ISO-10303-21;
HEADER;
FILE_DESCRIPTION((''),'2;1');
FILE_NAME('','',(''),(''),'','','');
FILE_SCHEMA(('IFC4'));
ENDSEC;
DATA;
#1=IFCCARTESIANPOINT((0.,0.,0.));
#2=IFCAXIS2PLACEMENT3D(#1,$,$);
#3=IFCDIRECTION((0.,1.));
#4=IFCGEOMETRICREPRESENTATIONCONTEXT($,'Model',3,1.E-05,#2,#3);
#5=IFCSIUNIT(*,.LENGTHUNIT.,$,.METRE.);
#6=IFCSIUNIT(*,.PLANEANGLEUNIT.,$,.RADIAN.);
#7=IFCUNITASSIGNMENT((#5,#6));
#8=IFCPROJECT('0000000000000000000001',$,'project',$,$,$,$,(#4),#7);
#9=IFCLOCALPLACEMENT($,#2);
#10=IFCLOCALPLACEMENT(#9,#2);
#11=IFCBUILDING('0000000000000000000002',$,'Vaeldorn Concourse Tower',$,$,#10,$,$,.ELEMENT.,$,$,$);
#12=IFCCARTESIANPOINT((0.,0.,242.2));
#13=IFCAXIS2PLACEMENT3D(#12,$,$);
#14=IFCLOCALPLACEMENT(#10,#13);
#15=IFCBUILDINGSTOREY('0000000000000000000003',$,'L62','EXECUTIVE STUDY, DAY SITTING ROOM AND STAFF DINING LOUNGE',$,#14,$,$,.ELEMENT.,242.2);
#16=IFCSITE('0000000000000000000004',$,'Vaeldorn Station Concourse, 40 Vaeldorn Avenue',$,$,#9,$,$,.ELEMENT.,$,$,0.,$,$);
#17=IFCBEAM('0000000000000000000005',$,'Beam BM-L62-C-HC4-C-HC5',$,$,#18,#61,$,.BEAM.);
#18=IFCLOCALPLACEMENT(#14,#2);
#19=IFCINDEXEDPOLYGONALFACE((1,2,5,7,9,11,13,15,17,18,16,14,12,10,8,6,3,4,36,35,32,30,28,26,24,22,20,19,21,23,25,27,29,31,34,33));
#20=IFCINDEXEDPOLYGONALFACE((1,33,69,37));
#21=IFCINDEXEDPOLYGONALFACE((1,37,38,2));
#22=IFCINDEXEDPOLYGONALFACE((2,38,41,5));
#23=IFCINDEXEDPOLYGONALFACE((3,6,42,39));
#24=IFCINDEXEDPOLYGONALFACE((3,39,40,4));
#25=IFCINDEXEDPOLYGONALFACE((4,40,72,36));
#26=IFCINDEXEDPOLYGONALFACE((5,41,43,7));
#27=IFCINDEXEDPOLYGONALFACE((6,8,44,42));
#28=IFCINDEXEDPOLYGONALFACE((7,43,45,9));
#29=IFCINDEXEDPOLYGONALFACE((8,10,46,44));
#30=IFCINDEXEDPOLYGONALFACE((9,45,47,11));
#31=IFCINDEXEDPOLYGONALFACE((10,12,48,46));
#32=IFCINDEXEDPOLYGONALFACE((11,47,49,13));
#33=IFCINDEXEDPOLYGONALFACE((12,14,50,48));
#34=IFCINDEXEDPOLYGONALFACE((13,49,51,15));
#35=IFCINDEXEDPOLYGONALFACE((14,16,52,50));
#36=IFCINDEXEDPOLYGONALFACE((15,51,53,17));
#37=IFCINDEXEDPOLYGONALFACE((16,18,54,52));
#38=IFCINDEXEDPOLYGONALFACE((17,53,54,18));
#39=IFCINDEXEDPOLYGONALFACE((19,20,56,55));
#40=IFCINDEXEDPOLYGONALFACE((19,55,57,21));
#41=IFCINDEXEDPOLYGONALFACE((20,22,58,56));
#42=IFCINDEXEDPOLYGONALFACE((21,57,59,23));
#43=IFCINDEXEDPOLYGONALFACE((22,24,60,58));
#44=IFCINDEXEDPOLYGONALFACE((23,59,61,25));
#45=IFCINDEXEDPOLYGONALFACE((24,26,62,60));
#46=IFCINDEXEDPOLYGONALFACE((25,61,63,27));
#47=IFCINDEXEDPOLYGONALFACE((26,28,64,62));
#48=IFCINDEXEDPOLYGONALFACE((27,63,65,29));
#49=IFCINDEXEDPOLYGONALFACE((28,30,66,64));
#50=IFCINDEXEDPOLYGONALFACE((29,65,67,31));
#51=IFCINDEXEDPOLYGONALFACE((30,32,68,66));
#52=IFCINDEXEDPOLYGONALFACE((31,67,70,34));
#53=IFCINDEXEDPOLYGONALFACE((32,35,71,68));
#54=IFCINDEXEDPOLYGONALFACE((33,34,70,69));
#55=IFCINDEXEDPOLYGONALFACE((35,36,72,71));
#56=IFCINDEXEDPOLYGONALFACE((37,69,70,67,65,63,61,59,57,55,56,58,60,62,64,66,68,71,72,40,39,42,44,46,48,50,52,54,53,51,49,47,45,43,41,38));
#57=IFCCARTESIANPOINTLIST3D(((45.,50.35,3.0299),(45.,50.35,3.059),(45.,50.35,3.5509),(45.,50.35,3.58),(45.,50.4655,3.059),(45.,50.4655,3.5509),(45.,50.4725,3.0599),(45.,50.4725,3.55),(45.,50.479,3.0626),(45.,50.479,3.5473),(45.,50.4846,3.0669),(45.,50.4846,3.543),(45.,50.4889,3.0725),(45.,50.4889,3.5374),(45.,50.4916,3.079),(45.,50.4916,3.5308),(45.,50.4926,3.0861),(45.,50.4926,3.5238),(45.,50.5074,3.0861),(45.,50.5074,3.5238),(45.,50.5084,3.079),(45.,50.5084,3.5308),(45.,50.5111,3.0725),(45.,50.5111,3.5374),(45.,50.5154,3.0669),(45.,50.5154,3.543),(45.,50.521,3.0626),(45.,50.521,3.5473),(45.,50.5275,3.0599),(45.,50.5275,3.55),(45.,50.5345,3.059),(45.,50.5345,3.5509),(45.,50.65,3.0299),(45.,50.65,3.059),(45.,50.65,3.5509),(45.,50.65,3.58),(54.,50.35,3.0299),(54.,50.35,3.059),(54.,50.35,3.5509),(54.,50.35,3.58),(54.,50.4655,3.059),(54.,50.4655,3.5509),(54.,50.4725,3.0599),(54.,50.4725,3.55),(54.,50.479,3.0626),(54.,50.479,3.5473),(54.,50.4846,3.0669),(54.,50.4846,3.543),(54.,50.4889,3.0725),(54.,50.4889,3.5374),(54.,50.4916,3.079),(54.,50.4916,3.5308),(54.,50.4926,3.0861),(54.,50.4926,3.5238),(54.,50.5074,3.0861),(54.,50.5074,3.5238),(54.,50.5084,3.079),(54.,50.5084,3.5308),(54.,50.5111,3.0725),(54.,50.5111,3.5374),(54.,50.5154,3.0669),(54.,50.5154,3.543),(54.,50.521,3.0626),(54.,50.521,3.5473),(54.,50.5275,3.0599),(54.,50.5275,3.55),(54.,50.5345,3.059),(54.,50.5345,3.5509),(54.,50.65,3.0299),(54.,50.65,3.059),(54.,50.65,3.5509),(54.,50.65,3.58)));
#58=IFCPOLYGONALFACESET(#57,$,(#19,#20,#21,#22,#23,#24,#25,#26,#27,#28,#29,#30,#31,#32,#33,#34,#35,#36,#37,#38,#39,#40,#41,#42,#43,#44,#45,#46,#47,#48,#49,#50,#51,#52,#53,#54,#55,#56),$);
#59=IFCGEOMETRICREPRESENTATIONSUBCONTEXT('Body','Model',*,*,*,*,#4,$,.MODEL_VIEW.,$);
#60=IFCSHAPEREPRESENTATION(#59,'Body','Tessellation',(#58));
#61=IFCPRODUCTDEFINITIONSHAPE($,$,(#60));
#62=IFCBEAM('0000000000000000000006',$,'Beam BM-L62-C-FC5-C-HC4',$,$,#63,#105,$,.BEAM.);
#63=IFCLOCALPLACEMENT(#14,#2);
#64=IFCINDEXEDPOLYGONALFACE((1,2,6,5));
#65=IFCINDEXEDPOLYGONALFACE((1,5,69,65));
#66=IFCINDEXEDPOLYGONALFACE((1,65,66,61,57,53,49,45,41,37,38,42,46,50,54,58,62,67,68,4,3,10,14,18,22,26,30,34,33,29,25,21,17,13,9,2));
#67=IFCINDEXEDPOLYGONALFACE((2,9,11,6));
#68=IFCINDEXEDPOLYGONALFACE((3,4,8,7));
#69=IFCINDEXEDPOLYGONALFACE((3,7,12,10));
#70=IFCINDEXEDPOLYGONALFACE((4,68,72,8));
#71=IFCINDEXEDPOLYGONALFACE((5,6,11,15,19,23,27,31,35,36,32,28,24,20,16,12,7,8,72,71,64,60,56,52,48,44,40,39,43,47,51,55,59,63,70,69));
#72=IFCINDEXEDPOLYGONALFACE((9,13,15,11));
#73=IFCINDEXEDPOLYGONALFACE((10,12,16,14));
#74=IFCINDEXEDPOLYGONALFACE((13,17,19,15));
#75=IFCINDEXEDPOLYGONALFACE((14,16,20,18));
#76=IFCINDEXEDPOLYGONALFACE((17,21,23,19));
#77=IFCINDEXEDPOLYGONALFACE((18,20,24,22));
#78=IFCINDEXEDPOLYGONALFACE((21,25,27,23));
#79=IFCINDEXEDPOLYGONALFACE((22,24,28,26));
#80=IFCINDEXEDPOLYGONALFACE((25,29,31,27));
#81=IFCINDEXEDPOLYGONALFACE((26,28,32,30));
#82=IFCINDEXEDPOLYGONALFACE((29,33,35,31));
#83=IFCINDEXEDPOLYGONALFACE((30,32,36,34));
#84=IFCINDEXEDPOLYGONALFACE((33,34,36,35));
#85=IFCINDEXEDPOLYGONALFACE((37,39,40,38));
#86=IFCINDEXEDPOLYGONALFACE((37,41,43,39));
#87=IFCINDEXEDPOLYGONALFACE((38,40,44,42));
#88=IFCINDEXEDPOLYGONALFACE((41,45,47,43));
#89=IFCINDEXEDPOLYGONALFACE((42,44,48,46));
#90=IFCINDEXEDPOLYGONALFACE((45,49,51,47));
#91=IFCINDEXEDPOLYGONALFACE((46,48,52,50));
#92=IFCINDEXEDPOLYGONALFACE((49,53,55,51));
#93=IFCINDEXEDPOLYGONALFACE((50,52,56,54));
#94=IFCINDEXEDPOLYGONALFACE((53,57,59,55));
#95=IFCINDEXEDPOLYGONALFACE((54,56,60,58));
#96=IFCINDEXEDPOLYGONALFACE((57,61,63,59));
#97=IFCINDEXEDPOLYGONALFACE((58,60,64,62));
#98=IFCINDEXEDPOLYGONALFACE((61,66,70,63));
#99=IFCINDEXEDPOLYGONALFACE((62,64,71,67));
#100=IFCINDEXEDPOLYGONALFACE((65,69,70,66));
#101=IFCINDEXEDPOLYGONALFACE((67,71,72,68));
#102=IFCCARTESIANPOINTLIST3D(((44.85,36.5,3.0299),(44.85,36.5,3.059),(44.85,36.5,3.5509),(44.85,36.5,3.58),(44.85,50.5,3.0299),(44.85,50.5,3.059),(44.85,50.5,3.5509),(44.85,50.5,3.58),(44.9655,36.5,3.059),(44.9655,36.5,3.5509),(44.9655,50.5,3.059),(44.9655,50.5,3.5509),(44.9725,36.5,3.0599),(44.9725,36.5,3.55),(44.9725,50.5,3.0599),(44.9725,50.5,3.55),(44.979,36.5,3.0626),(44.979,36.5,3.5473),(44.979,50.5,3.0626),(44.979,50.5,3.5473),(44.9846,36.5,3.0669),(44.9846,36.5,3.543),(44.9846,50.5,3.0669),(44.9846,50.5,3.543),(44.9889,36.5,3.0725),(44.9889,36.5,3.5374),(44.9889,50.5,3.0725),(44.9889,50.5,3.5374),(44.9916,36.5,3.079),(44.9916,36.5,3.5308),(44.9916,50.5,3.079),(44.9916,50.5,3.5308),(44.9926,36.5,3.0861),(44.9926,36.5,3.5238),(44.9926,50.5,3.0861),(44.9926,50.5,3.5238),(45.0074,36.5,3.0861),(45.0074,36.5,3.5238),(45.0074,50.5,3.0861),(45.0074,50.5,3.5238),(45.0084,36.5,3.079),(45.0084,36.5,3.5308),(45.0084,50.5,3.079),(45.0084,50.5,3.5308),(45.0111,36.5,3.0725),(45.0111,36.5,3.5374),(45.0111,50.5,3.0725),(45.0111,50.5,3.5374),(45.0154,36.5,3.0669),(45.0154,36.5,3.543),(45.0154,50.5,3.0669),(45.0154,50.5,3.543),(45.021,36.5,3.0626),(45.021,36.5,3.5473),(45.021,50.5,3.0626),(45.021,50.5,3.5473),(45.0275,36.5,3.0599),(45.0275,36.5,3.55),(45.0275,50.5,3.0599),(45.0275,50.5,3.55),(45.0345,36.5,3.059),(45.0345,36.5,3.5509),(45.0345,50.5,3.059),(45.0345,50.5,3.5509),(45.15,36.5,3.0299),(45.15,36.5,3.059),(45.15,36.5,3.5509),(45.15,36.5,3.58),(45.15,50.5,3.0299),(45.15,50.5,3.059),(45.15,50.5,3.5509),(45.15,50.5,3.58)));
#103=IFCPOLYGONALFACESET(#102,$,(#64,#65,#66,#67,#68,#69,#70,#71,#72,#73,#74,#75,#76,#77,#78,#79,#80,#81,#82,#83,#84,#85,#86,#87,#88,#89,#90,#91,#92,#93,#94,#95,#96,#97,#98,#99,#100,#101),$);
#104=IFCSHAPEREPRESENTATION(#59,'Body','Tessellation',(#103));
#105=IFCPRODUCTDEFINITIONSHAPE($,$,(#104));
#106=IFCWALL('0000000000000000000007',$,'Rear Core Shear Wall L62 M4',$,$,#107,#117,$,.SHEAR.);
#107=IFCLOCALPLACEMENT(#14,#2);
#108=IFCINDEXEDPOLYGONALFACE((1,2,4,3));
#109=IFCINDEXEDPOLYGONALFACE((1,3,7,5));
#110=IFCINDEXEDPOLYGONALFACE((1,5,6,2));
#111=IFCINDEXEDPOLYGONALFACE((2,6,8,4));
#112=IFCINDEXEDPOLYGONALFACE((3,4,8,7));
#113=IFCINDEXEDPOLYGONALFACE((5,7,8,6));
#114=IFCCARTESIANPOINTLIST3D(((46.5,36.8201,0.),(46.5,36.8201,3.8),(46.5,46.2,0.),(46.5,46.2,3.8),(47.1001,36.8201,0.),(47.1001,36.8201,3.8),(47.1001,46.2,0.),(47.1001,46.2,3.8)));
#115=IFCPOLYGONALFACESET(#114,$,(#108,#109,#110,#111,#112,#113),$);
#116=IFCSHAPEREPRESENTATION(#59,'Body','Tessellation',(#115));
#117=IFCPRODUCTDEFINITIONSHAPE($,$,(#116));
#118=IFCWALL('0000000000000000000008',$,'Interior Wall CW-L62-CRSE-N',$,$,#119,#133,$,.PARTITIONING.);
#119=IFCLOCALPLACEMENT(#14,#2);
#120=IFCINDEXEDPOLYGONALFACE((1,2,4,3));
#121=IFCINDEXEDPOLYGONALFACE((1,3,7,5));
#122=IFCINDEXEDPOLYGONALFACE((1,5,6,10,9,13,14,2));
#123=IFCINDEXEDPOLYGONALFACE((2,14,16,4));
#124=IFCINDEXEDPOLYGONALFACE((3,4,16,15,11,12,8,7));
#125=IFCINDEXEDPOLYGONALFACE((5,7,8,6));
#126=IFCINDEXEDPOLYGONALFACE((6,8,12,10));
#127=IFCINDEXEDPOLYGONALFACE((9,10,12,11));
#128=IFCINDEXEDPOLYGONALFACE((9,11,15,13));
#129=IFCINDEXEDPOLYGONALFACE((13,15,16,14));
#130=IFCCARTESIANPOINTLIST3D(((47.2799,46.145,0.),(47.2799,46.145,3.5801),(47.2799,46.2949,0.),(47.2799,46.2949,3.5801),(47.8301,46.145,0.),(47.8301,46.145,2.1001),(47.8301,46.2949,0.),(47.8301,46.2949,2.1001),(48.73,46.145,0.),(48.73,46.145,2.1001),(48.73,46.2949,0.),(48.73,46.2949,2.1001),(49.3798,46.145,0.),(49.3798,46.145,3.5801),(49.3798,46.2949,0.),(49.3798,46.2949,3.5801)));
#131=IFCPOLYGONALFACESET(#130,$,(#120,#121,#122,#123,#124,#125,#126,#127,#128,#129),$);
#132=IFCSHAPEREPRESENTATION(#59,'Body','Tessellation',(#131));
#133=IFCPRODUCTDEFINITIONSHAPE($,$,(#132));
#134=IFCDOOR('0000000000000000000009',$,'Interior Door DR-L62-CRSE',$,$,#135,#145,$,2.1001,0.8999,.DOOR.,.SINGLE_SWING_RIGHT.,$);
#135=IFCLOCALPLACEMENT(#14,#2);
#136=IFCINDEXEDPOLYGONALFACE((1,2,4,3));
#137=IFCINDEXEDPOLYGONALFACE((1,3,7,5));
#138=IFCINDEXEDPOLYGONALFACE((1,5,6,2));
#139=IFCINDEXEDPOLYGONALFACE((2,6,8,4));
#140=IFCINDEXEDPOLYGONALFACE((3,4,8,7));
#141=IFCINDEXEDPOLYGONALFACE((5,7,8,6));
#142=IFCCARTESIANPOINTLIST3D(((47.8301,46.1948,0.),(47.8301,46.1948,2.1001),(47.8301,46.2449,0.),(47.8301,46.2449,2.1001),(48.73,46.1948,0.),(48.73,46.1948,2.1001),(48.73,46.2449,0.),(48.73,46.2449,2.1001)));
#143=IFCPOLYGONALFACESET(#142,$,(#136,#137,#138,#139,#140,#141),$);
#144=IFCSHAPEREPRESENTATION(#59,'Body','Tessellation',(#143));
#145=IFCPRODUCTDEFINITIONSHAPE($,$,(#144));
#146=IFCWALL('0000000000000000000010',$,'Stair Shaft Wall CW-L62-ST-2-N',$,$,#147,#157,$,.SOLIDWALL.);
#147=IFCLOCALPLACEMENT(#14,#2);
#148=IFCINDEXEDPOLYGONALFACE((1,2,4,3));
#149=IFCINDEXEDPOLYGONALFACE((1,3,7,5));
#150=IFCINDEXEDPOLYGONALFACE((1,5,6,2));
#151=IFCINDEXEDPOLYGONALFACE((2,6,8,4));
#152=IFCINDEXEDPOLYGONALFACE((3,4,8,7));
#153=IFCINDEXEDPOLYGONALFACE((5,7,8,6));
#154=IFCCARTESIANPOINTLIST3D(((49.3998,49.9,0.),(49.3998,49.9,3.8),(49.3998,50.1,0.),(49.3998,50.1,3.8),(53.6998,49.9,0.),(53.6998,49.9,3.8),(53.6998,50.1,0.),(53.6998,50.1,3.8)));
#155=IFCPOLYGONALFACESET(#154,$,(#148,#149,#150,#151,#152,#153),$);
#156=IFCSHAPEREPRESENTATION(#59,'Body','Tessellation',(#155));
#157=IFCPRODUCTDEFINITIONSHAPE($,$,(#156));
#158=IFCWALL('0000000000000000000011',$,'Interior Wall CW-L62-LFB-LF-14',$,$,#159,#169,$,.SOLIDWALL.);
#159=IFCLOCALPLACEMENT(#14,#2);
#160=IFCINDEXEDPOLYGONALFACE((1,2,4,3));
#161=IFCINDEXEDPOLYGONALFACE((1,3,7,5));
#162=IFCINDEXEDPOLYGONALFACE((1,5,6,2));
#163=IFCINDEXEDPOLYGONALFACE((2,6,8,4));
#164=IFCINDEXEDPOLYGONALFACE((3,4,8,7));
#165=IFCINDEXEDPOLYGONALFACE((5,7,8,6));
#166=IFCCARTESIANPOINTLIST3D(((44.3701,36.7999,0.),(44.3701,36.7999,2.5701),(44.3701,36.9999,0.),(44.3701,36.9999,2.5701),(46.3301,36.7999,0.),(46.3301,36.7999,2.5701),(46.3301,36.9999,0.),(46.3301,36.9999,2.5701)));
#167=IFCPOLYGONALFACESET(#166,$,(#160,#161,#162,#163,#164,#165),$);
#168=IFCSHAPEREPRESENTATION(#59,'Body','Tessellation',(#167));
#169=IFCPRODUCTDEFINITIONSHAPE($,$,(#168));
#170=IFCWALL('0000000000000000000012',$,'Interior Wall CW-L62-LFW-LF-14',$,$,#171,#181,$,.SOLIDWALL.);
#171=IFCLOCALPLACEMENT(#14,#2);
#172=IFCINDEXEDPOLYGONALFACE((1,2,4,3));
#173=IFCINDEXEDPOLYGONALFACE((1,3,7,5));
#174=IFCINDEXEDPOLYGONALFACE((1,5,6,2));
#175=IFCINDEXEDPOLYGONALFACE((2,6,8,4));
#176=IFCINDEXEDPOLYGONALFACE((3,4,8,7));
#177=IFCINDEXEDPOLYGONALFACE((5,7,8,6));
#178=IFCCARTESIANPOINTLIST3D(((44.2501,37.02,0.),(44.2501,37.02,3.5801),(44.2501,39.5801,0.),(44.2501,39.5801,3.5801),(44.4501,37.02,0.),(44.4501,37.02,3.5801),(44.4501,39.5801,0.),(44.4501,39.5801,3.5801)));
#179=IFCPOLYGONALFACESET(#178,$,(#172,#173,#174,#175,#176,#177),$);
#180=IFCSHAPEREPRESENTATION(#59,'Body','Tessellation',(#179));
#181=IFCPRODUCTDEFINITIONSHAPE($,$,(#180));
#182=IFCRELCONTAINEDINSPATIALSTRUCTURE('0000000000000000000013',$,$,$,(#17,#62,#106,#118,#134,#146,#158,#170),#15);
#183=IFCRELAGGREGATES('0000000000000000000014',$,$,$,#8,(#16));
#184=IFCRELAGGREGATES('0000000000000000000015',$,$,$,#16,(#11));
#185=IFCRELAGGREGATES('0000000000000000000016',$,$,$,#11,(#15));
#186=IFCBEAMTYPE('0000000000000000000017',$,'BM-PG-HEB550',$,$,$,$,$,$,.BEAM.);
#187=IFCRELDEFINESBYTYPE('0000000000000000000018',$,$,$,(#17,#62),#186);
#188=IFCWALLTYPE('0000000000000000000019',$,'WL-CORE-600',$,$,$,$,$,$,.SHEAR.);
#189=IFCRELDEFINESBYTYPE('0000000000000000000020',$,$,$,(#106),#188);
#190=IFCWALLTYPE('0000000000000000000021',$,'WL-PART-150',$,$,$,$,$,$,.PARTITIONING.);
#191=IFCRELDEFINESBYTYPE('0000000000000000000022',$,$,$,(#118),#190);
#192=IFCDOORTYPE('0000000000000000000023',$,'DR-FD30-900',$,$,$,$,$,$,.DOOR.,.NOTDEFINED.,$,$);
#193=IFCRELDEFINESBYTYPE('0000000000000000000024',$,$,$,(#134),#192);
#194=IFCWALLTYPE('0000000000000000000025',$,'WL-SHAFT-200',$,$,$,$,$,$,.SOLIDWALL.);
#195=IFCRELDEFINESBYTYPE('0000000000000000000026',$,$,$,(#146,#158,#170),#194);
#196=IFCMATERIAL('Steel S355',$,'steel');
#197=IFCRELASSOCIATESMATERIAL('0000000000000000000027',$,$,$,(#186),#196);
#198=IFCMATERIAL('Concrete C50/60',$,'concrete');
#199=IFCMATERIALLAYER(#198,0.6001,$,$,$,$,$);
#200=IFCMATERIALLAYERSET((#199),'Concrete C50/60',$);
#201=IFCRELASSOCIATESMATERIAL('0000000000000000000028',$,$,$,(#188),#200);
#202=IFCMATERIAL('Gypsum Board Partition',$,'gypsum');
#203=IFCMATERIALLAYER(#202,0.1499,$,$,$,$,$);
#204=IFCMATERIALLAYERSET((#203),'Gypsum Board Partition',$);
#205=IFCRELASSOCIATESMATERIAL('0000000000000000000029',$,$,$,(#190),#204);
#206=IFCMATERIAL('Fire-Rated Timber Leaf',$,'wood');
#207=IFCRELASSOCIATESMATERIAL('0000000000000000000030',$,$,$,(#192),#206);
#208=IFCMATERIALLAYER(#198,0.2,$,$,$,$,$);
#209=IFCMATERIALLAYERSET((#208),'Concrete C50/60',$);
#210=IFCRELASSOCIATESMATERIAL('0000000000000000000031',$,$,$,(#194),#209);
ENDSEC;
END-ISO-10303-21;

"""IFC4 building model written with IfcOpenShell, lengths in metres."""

from ifc_helpers import new_model, si_unit, direction, frame, frame_2d, origin, origin_2d, place, context, subcontext, project, spatial, rectangle, i_section, extrude, source, transform, mapped, material, layer, layer_set, material_profile, profile_set, type_object, element, fill, save


model = new_model("IFC4")

# Units and contexts
model_context = context("Model", 3, precision=1e-05, world=origin(), true_north=direction((0.0, 1.0)))
body_context = subcontext(model_context, "Body", "Model", "MODEL_VIEW")
ifc_project = project(units=[si_unit("LENGTHUNIT", "METRE"), si_unit("PLANEANGLEUNIT", "RADIAN")], contexts=[model_context])

# Site, building, storey
site_placement = place(None, origin())
site = spatial("IfcSite", under=ifc_project, at=site_placement, Name="Vaeldorn Station Concourse, 40 Vaeldorn Avenue", CompositionType="ELEMENT", RefElevation=0.0)
building_placement = place(site_placement, origin())
building = spatial("IfcBuilding", under=site, at=building_placement, Name="Vaeldorn Concourse Tower", CompositionType="ELEMENT")
storey_placement = place(building_placement, frame((0.0, 0.0, 242.2)))
storey = spatial("IfcBuildingStorey", under=building, at=storey_placement, Name="L62", Description="EXECUTIVE STUDY, DAY SITTING ROOM AND STAFF DINING LOUNGE", CompositionType="ELEMENT", Elevation=242.2)

# Beams
ifc_material_1 = material(Name="Concrete C50/60", Category="concrete")
ifc_material_2 = material(Name="Steel S355", Category="steel")
ifc_material_profile_1 = material_profile(ifc_material_2, i_section(OverallWidth=0.3, OverallDepth=0.55, WebThickness=0.0149, FlangeThickness=0.0291, FilletRadius=0.0271, at=origin_2d()), Name="HEB 550")
ifc_profile_set_1 = profile_set([ifc_material_profile_1], Name="Steel S355")
beam_type_1 = type_object("IfcBeamType", Name="BM-PG-HEB550", PredefinedType="BEAM", material=ifc_profile_set_1)
shared_shape_1 = source(origin(), body_context, "Body", "SweptSolid", [
    extrude(i_section(OverallWidth=0.3, OverallDepth=0.55, WebThickness=0.0149, FlangeThickness=0.0291, FilletRadius=0.0271, at=origin_2d()), origin(), (0.0, 0.0, 1.0), 9.0),
])
beam_1_placement = place(storey_placement, frame((45.0, 50.5, 3.3049), z_axis=(1.0, 0.0, 0.0), x_axis=(0.0, 1.0, 0.0)))
element("IfcBeam", 1, at=beam_1_placement, inside=storey, type_object=beam_type_1, Name="Beam BM-L62-C-HC4-C-HC5", PredefinedType="BEAM", context=body_context, shape_type="MappedRepresentation", body=[
    mapped(shared_shape_1, transform((0.0, 0.0, 0.0), scale=1.0)),
])
shared_shape_2 = source(origin(), body_context, "Body", "SweptSolid", [
    extrude(i_section(OverallWidth=0.3, OverallDepth=0.55, WebThickness=0.0149, FlangeThickness=0.0291, FilletRadius=0.0271, at=origin_2d()), origin(), (0.0, 0.0, 1.0), 14.0),
])
beam_2_placement = place(storey_placement, frame((45.0, 36.5, 3.3049), z_axis=(0.0, 1.0, 0.0), x_axis=(-1.0, 0.0, 0.0)))
element("IfcBeam", 2, at=beam_2_placement, inside=storey, type_object=beam_type_1, Name="Beam BM-L62-C-FC5-C-HC4", PredefinedType="BEAM", context=body_context, shape_type="MappedRepresentation", body=[
    mapped(shared_shape_2, transform((0.0, 0.0, 0.0), scale=1.0)),
])

# Wall
ifc_layer_1 = layer(ifc_material_1, 0.6001)
ifc_layer_set_1 = layer_set([ifc_layer_1], Name="Concrete C50/60")
wall_type_1 = type_object("IfcWallType", Name="WL-CORE-600", PredefinedType="SHEAR", material=ifc_layer_set_1)
wall_1_placement = place(storey_placement, frame((46.8, 36.8201, 0.0), z_axis=(0.0, 0.0, 1.0), x_axis=(0.0, 1.0, 0.0)))
element("IfcWall", 3, at=wall_1_placement, inside=storey, type_object=wall_type_1, Name="Rear Core Shear Wall L62 M4", PredefinedType="SHEAR", context=body_context, shape_type="SweptSolid", body=[
    extrude(rectangle(XDim=9.3799, YDim=0.6001, at=frame_2d((4.6899, 0.0))), origin(), (0.0, 0.0, 1.0), 3.8),
])

# Wall, opening, door
ifc_material_3 = material(Name="Gypsum Board Partition", Category="gypsum")
ifc_layer_2 = layer(ifc_material_3, 0.1499)
ifc_layer_set_2 = layer_set([ifc_layer_2], Name="Gypsum Board Partition")
wall_type_2 = type_object("IfcWallType", Name="WL-PART-150", PredefinedType="PARTITIONING", material=ifc_layer_set_2)
wall_2_placement = place(storey_placement, frame((47.28, 46.22, 0.0), z_axis=(0.0, 0.0, 1.0), x_axis=(1.0, 0.0, 0.0)))
wall_2 = element("IfcWall", 4, at=wall_2_placement, inside=storey, type_object=wall_type_2, Name="Interior Wall CW-L62-CRSE-N", PredefinedType="PARTITIONING", context=body_context, shape_type="SweptSolid", body=[
    extrude(rectangle(XDim=2.0999, YDim=0.1499, at=frame_2d((1.0498, 0.0))), origin(), (0.0, 0.0, 1.0), 3.5801),
])
opening_1_placement = place(wall_2_placement, frame((0.55, 0.0, 0.0)))
opening_1 = element("IfcOpeningElement", 5, at=opening_1_placement, cuts=wall_2, PredefinedType="OPENING", context=body_context, shape_type="SweptSolid", body=[
    extrude(rectangle(XDim=0.8999, YDim=2.1001, at=frame_2d((0.45, 1.05))), frame((0.0, 0.085, 0.0), z_axis=(0.0, -1.0, 0.0), x_axis=(1.0, 0.0, 0.0)), (0.0, 0.0, 1.0), 0.1699),
])
ifc_material_4 = material(Name="Fire-Rated Timber Leaf", Category="wood")
door_type_1 = type_object("IfcDoorType", Name="DR-FD30-900", OperationType="NOTDEFINED", PredefinedType="DOOR", material=ifc_material_4)
shared_shape_3 = source(origin(), body_context, "Body", "SweptSolid", [
    extrude(rectangle(XDim=0.8999, YDim=2.1001, at=frame_2d((0.45, 1.05))), frame((0.0, 0.0249, 0.0), z_axis=(0.0, -1.0, 0.0), x_axis=(1.0, 0.0, 0.0)), (0.0, 0.0, 1.0), 0.05),
])
door_1_placement = place(opening_1_placement, origin())
door_1 = element("IfcDoor", 6, at=door_1_placement, inside=storey, type_object=door_type_1, Name="Interior Door DR-L62-CRSE", OperationType="SINGLE_SWING_RIGHT", OverallHeight=2.1001, OverallWidth=0.8999, PredefinedType="DOOR", context=body_context, shape_type="MappedRepresentation", body=[
    mapped(shared_shape_3, transform((0.0, 0.0, 0.0), scale=1.0)),
])
fill(opening_1, door_1)
ifc_layer_3 = layer(ifc_material_1, 0.2)
ifc_layer_set_3 = layer_set([ifc_layer_3], Name="Concrete C50/60")
wall_type_3 = type_object("IfcWallType", Name="WL-SHAFT-200", PredefinedType="SOLIDWALL", material=ifc_layer_set_3)

# Wall
wall_3_placement = place(storey_placement, frame((49.3999, 50.0, 0.0), z_axis=(0.0, 0.0, 1.0), x_axis=(1.0, 0.0, 0.0)))
element("IfcWall", 7, at=wall_3_placement, inside=storey, type_object=wall_type_3, Name="Stair Shaft Wall CW-L62-ST-2-N", PredefinedType="SOLIDWALL", context=body_context, shape_type="SweptSolid", body=[
    extrude(rectangle(XDim=4.3, YDim=0.2, at=frame_2d((2.1499, 0.0))), origin(), (0.0, 0.0, 1.0), 3.8),
])

# Walls
wall_4_placement = place(storey_placement, frame((44.3701, 36.8999, 0.0), z_axis=(0.0, 0.0, 1.0), x_axis=(1.0, 0.0, 0.0)))
element("IfcWall", 8, at=wall_4_placement, inside=storey, type_object=wall_type_3, Name="Interior Wall CW-L62-LFB-LF-14", PredefinedType="SOLIDWALL", context=body_context, shape_type="SweptSolid", body=[
    extrude(rectangle(XDim=1.96, YDim=0.2, at=frame_2d((0.98, 0.0))), origin(), (0.0, 0.0, 1.0), 2.5701),
])
for number, where, z_axis, x_axis, name in (
    (9, (44.3501, 37.02, 0.0), (0.0, 0.0, 1.0), (0.0, 1.0, 0.0), "Interior Wall CW-L62-LFW-LF-14"),
):
    element("IfcWall", number, at=place(storey_placement, frame(where, z_axis=z_axis, x_axis=x_axis)), inside=storey, type_object=wall_type_3, Name=name, PredefinedType="SOLIDWALL", context=body_context, shape_type="SweptSolid", body=[
        extrude(rectangle(XDim=2.5601, YDim=0.2, at=frame_2d((1.28, 0.0))), origin(), (0.0, 0.0, 1.0), 3.5801),
    ])

save(model, "model.ifc")
